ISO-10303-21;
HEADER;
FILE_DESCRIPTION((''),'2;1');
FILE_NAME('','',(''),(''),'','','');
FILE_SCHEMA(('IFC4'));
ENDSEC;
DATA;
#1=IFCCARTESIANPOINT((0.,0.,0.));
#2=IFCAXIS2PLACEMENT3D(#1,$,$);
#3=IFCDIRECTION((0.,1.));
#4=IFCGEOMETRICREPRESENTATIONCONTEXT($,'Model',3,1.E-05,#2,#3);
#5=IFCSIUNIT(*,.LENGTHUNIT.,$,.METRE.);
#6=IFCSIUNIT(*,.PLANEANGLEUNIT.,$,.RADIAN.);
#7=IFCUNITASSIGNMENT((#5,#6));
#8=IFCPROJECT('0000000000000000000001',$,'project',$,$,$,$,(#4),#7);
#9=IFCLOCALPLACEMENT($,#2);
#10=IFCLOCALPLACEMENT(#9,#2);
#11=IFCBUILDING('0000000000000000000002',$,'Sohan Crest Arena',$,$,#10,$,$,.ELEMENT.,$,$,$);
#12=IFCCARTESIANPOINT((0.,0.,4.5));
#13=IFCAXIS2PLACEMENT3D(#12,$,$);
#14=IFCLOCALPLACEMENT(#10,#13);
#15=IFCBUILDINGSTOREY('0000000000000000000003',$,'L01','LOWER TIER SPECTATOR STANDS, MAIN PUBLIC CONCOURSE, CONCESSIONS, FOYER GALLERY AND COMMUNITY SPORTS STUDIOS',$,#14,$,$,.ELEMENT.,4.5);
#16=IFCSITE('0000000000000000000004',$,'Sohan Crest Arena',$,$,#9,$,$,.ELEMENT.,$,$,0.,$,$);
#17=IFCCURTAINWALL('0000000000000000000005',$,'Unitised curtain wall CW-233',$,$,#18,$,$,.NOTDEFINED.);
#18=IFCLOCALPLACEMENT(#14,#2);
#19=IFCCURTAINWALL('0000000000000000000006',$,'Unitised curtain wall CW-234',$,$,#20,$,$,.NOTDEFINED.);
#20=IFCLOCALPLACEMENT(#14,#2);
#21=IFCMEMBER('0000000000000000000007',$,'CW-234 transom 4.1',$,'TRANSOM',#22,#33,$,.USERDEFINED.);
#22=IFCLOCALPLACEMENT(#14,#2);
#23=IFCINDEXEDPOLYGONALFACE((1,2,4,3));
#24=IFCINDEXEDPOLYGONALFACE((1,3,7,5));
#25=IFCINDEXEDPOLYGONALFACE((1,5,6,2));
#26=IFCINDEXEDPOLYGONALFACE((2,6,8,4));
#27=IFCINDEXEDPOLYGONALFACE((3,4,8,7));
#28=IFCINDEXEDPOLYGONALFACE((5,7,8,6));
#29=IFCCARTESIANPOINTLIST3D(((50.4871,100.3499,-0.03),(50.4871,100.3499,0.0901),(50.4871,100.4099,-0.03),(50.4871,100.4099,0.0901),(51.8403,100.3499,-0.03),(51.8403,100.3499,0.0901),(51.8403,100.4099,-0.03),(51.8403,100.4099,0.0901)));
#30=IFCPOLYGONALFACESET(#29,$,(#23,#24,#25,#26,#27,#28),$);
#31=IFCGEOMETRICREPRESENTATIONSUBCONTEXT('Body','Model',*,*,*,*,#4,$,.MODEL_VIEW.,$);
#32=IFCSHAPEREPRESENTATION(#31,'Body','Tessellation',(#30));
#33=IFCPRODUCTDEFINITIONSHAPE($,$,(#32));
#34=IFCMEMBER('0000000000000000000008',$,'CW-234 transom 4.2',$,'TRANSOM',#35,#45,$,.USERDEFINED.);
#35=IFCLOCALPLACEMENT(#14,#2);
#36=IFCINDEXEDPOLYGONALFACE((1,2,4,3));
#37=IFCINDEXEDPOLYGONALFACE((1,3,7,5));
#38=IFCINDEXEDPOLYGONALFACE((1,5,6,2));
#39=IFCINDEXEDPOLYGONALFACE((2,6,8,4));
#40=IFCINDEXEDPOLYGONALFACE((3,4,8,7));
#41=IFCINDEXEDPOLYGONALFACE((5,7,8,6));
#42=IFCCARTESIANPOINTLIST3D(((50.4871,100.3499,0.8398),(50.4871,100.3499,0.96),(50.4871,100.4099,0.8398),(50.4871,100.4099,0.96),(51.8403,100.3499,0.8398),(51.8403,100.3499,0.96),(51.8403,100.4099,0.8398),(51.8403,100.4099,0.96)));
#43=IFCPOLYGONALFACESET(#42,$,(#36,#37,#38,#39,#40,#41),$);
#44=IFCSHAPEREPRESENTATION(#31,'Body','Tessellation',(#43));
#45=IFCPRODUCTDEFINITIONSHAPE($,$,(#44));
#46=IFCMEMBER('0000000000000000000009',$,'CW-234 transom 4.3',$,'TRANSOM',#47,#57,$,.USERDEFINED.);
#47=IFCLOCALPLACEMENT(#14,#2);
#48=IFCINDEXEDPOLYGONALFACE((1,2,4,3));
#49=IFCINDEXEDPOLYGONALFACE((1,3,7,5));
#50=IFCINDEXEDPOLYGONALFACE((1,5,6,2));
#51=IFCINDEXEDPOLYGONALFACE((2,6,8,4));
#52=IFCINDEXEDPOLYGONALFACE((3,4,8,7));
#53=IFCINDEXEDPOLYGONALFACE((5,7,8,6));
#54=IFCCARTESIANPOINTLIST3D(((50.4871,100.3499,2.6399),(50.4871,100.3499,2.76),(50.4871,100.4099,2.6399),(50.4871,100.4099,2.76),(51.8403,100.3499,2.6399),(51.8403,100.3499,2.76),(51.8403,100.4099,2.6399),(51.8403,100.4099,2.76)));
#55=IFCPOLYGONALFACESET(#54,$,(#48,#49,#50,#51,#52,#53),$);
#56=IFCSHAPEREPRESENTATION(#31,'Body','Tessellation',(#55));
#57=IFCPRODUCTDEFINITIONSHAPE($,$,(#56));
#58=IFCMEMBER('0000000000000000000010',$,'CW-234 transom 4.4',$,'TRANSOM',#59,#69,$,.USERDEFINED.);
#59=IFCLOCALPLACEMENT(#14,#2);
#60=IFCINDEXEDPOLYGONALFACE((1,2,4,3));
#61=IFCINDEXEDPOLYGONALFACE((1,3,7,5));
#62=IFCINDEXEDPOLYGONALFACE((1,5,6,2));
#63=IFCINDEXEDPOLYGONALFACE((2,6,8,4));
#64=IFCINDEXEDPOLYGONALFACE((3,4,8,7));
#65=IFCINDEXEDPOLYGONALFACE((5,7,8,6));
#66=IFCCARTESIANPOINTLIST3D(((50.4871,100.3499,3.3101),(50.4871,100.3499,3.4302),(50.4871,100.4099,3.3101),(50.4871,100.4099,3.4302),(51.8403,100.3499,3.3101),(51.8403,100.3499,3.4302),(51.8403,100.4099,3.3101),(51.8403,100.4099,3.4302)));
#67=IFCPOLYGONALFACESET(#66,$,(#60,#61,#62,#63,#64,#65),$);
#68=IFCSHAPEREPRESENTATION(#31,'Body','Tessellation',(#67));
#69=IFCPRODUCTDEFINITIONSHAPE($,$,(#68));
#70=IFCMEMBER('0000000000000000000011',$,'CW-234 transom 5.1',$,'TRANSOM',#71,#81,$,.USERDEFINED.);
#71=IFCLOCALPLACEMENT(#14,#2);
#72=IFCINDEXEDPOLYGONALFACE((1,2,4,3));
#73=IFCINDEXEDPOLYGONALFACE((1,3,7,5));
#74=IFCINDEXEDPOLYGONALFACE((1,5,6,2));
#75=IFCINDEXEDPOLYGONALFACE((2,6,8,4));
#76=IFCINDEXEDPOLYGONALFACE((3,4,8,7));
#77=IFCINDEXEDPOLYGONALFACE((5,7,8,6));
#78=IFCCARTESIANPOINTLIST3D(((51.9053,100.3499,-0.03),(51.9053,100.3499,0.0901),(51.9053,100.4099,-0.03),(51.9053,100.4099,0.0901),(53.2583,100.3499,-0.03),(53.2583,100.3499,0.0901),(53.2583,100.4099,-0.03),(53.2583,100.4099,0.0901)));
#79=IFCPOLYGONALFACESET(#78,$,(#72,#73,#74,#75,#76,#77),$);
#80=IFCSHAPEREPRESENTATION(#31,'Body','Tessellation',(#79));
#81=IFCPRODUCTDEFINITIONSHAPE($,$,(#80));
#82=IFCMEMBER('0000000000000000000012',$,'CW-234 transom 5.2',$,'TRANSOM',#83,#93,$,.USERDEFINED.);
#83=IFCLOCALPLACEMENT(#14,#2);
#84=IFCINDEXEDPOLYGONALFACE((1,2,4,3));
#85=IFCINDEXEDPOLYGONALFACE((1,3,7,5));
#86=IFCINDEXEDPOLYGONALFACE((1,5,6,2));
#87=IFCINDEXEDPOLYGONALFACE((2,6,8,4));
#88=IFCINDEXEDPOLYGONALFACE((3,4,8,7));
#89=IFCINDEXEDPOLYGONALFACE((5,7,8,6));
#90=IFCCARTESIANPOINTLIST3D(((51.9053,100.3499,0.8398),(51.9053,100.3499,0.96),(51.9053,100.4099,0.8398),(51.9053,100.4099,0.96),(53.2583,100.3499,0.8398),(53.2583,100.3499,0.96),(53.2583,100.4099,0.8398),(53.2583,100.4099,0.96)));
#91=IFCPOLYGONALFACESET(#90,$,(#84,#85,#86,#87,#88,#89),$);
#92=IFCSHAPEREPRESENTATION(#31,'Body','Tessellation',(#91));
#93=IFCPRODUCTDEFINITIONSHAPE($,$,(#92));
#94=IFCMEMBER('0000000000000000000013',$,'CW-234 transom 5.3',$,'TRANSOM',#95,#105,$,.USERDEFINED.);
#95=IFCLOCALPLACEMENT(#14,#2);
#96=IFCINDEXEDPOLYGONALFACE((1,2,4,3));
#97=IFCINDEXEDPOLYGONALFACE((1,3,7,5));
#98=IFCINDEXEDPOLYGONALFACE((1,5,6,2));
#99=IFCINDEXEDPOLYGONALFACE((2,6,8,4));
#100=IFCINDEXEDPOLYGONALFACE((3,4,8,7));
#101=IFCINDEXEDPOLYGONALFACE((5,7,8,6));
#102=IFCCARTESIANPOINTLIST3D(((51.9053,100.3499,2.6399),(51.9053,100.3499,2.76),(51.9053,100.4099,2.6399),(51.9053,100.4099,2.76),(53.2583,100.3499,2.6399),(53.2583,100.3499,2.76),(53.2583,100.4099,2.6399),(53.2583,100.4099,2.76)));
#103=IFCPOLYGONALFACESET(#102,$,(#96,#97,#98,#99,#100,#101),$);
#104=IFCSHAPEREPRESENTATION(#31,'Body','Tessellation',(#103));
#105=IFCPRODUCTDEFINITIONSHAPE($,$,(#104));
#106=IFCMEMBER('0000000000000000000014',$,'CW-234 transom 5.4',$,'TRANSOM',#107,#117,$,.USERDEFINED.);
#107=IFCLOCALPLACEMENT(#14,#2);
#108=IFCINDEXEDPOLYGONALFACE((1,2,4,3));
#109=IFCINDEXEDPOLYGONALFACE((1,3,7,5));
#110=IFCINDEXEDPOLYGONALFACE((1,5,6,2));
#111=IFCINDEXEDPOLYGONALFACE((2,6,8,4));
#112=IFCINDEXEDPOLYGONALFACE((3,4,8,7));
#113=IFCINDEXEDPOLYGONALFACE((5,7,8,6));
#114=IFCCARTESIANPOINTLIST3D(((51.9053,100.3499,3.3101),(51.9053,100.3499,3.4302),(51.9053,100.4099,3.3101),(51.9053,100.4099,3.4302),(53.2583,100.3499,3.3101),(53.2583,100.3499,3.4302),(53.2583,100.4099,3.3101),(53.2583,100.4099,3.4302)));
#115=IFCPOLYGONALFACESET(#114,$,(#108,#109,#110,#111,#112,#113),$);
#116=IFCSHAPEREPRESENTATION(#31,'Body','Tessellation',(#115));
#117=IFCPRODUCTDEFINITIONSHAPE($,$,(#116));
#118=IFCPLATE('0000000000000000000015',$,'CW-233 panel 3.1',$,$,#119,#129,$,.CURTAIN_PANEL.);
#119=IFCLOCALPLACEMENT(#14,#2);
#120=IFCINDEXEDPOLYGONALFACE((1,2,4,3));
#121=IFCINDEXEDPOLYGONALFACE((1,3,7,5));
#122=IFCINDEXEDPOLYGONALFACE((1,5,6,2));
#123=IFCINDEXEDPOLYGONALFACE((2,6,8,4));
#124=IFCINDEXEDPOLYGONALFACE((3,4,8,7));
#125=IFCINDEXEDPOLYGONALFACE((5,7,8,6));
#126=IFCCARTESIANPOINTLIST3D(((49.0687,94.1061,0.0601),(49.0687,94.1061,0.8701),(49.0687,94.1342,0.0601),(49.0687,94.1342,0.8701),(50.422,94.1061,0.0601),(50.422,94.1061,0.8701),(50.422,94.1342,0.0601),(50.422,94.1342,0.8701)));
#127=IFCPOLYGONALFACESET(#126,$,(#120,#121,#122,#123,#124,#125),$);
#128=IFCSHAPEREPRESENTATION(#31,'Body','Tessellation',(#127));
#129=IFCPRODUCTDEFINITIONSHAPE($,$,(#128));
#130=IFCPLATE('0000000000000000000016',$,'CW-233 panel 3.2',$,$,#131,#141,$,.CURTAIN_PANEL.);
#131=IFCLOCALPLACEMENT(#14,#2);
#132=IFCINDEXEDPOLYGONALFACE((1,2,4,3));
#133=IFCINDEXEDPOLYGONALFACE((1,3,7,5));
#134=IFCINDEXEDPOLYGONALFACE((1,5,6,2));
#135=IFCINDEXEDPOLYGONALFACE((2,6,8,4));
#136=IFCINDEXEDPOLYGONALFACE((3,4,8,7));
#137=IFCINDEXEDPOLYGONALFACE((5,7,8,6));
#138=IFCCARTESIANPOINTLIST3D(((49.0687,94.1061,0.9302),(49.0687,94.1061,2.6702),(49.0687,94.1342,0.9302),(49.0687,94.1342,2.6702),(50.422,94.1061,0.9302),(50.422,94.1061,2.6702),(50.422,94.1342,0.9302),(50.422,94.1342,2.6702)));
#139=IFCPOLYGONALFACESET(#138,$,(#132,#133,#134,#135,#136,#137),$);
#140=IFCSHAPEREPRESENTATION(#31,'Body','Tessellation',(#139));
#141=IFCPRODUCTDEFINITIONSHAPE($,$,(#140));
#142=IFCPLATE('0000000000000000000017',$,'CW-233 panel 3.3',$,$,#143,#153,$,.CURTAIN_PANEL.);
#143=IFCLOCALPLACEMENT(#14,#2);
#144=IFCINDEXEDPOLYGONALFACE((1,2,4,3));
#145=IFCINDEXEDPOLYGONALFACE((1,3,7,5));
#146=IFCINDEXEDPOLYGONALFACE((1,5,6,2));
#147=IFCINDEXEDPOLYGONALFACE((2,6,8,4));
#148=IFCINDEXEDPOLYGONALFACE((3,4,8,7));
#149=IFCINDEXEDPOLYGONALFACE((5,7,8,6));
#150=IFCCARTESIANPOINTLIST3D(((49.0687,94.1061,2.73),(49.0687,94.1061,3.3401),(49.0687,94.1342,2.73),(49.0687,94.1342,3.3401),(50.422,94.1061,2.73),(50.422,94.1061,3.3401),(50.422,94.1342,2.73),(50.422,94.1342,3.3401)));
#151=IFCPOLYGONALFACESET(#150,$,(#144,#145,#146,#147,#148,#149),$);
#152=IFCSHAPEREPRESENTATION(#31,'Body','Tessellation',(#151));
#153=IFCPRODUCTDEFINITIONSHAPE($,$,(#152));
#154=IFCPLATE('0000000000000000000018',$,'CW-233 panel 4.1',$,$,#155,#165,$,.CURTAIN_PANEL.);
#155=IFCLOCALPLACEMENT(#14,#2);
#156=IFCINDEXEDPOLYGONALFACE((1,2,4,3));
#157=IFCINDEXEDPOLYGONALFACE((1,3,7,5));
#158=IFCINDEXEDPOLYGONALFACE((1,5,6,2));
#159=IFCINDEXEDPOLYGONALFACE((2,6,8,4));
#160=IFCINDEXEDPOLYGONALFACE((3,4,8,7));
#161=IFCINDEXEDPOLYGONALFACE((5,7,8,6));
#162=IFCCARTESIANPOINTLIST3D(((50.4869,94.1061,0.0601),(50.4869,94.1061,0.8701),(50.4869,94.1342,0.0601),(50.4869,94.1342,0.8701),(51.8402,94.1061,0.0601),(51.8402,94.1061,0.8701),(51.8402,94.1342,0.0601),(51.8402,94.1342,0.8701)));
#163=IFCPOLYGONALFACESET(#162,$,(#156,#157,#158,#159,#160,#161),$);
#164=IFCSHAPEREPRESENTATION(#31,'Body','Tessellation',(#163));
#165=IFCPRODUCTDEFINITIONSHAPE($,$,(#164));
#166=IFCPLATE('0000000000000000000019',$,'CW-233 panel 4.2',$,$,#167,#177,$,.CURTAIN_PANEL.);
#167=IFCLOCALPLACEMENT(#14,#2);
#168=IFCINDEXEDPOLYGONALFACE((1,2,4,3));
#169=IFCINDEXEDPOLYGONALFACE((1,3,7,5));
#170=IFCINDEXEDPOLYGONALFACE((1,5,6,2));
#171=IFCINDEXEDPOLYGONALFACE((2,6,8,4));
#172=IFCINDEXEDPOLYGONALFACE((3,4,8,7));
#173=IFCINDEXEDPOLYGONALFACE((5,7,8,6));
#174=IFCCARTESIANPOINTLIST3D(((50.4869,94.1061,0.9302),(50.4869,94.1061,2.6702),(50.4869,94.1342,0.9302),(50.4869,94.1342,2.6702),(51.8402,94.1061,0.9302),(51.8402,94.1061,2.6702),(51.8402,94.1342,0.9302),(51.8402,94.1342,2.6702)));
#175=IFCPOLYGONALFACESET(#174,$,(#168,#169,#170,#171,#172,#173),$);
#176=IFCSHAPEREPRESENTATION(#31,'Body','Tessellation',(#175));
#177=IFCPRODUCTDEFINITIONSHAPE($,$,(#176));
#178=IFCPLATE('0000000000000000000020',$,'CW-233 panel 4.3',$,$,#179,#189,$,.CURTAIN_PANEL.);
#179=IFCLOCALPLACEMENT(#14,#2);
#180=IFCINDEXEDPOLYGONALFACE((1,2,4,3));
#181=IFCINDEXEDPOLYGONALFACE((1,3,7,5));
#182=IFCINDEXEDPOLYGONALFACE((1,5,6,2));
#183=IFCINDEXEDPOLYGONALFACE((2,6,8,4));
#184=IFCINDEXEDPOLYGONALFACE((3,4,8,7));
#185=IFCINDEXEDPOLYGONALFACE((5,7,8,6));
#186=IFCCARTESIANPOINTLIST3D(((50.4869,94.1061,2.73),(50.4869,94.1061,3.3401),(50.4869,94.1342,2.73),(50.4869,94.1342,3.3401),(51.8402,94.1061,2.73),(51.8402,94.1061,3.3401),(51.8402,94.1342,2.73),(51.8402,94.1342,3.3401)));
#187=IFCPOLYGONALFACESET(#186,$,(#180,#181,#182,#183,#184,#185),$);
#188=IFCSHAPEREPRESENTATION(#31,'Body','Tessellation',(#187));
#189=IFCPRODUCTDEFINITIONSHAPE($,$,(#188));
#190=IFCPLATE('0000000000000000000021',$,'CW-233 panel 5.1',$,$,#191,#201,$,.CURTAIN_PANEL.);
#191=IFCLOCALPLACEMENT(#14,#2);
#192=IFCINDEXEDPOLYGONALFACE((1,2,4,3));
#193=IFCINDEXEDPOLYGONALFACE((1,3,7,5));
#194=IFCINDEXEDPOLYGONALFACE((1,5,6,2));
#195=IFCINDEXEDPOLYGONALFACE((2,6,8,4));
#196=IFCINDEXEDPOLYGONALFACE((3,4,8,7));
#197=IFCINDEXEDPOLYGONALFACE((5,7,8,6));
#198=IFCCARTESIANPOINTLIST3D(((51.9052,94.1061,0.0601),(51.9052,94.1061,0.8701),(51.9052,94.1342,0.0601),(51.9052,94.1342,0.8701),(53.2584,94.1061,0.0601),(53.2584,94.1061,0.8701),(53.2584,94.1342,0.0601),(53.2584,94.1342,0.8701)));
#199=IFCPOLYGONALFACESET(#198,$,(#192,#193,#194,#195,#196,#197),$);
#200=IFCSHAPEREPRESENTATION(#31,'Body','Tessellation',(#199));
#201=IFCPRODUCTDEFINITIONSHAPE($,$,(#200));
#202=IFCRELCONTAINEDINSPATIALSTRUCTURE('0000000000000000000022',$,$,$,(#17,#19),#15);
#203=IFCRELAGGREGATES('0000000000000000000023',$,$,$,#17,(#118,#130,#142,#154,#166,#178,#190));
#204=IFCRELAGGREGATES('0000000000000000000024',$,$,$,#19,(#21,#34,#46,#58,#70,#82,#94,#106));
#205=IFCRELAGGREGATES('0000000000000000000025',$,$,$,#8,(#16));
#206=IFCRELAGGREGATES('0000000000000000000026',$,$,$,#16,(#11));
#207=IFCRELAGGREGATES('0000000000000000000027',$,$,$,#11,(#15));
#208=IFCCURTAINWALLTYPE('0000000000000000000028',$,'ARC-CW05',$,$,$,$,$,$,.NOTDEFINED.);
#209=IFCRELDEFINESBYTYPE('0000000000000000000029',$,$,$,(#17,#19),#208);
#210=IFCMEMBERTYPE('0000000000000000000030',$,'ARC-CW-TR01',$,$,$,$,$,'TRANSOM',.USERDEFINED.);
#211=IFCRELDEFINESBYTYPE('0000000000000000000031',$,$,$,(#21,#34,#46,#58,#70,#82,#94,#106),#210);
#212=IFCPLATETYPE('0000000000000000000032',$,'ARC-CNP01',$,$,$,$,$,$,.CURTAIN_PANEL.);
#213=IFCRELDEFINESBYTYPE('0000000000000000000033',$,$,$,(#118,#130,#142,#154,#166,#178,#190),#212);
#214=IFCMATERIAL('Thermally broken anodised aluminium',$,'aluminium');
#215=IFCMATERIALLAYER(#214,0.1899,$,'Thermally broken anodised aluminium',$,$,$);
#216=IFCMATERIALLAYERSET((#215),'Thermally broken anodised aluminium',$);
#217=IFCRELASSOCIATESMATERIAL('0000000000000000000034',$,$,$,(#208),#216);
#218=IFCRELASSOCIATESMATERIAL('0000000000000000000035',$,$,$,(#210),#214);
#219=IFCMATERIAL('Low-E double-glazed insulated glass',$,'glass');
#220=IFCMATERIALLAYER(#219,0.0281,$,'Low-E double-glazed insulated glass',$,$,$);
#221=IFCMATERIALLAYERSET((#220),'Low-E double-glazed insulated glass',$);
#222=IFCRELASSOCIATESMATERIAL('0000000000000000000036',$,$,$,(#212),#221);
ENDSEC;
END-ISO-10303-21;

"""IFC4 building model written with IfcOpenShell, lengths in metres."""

from ifc_helpers import new_model, si_unit, direction, frame, origin, origin_2d, place, context, subcontext, project, spatial, rectangle, extrude, material, layer, layer_set, material_profile, profile_set, type_object, element, aggregate, save


model = new_model("IFC4")

# Units and contexts
model_context = context("Model", 3, precision=1e-05, world=origin(), true_north=direction((0.0, 1.0)))
body_context = subcontext(model_context, "Body", "Model", "MODEL_VIEW")
ifc_project = project(units=[si_unit("LENGTHUNIT", "METRE"), si_unit("PLANEANGLEUNIT", "RADIAN")], contexts=[model_context])

# Site, building, storey
site_placement = place(None, origin())
site = spatial("IfcSite", under=ifc_project, at=site_placement, Name="Sohan Crest Arena", CompositionType="ELEMENT", RefElevation=0.0)
building_placement = place(site_placement, origin())
building = spatial("IfcBuilding", under=site, at=building_placement, Name="Sohan Crest Arena", CompositionType="ELEMENT")
storey_placement = place(building_placement, frame((0.0, 0.0, 4.5)))
storey = spatial("IfcBuildingStorey", under=building, at=storey_placement, Name="L01", Description="LOWER TIER SPECTATOR STANDS, MAIN PUBLIC CONCOURSE, CONCESSIONS, FOYER GALLERY AND COMMUNITY SPORTS STUDIOS", CompositionType="ELEMENT", Elevation=4.5)

# Curtain walls
ifc_material_1 = material(Name="Thermally broken anodised aluminium", Category="aluminium")
ifc_layer_1 = layer(ifc_material_1, 0.1899, Name="Thermally broken anodised aluminium")
ifc_layer_set_1 = layer_set([ifc_layer_1], Name="Thermally broken anodised aluminium")
curtain_wall_type = type_object("IfcCurtainWallType", Name="ARC-CW05", PredefinedType="NOTDEFINED", material=ifc_layer_set_1)
curtain_wall_1_placement = place(storey_placement, origin())
curtain_wall_1 = element("IfcCurtainWall", 1, at=curtain_wall_1_placement, inside=storey, type_object=curtain_wall_type, Name="Unitised curtain wall CW-233", PredefinedType="NOTDEFINED")
curtain_wall_2_placement = place(storey_placement, origin())
curtain_wall_2 = element("IfcCurtainWall", 2, at=curtain_wall_2_placement, inside=storey, type_object=curtain_wall_type, Name="Unitised curtain wall CW-234", PredefinedType="NOTDEFINED")

# Members
ifc_material_profile_1 = material_profile(ifc_material_1, rectangle(XDim=0.0601, YDim=0.1201, at=origin_2d()), Name="ALU-TRAN 60x120")
ifc_profile_set_1 = profile_set([ifc_material_profile_1], Name="Thermally broken anodised aluminium")
member_type_1 = type_object("IfcMemberType", Name="ARC-CW-TR01", ElementType="TRANSOM", PredefinedType="USERDEFINED", material=ifc_profile_set_1)
member_1_placement = place(storey_placement, frame((50.4871, 100.3799, 0.03), z_axis=(1.0, 0.0, 0.0), x_axis=(0.0, 1.0, 0.0)))
member_1 = element("IfcMember", 3, at=member_1_placement, type_object=member_type_1, Name="CW-234 transom 4.1", ObjectType="TRANSOM", PredefinedType="USERDEFINED", context=body_context, shape_type="SweptSolid", body=[
    extrude(rectangle(XDim=0.0601, YDim=0.1201, at=origin_2d()), origin(), (0.0, 0.0, 1.0), 1.3533),
])
member_2_placement = place(storey_placement, frame((50.4871, 100.3799, 0.8999), z_axis=(1.0, 0.0, 0.0), x_axis=(0.0, 1.0, 0.0)))
member_2 = element("IfcMember", 4, at=member_2_placement, type_object=member_type_1, Name="CW-234 transom 4.2", ObjectType="TRANSOM", PredefinedType="USERDEFINED", context=body_context, shape_type="SweptSolid", body=[
    extrude(rectangle(XDim=0.0601, YDim=0.1201, at=origin_2d()), origin(), (0.0, 0.0, 1.0), 1.3533),
])
member_3_placement = place(storey_placement, frame((50.4871, 100.3799, 2.7), z_axis=(1.0, 0.0, 0.0), x_axis=(0.0, 1.0, 0.0)))
member_3 = element("IfcMember", 5, at=member_3_placement, type_object=member_type_1, Name="CW-234 transom 4.3", ObjectType="TRANSOM", PredefinedType="USERDEFINED", context=body_context, shape_type="SweptSolid", body=[
    extrude(rectangle(XDim=0.0601, YDim=0.1201, at=origin_2d()), origin(), (0.0, 0.0, 1.0), 1.3533),
])
member_4_placement = place(storey_placement, frame((50.4871, 100.3799, 3.3701), z_axis=(1.0, 0.0, 0.0), x_axis=(0.0, 1.0, 0.0)))
member_4 = element("IfcMember", 6, at=member_4_placement, type_object=member_type_1, Name="CW-234 transom 4.4", ObjectType="TRANSOM", PredefinedType="USERDEFINED", context=body_context, shape_type="SweptSolid", body=[
    extrude(rectangle(XDim=0.0601, YDim=0.1201, at=origin_2d()), origin(), (0.0, 0.0, 1.0), 1.3533),
])
member_5_placement = place(storey_placement, frame((51.9053, 100.3799, 0.03), z_axis=(1.0, 0.0, 0.0), x_axis=(0.0, 1.0, 0.0)))
member_5 = element("IfcMember", 7, at=member_5_placement, type_object=member_type_1, Name="CW-234 transom 5.1", ObjectType="TRANSOM", PredefinedType="USERDEFINED", context=body_context, shape_type="SweptSolid", body=[
    extrude(rectangle(XDim=0.0601, YDim=0.1201, at=origin_2d()), origin(), (0.0, 0.0, 1.0), 1.353),
])
member_6_placement = place(storey_placement, frame((51.9053, 100.3799, 0.8999), z_axis=(1.0, 0.0, 0.0), x_axis=(0.0, 1.0, 0.0)))
member_6 = element("IfcMember", 8, at=member_6_placement, type_object=member_type_1, Name="CW-234 transom 5.2", ObjectType="TRANSOM", PredefinedType="USERDEFINED", context=body_context, shape_type="SweptSolid", body=[
    extrude(rectangle(XDim=0.0601, YDim=0.1201, at=origin_2d()), origin(), (0.0, 0.0, 1.0), 1.353),
])
member_7_placement = place(storey_placement, frame((51.9053, 100.3799, 2.7), z_axis=(1.0, 0.0, 0.0), x_axis=(0.0, 1.0, 0.0)))
member_7 = element("IfcMember", 9, at=member_7_placement, type_object=member_type_1, Name="CW-234 transom 5.3", ObjectType="TRANSOM", PredefinedType="USERDEFINED", context=body_context, shape_type="SweptSolid", body=[
    extrude(rectangle(XDim=0.0601, YDim=0.1201, at=origin_2d()), origin(), (0.0, 0.0, 1.0), 1.353),
])
member_8_placement = place(storey_placement, frame((51.9053, 100.3799, 3.3701), z_axis=(1.0, 0.0, 0.0), x_axis=(0.0, 1.0, 0.0)))
member_8 = element("IfcMember", 10, at=member_8_placement, type_object=member_type_1, Name="CW-234 transom 5.4", ObjectType="TRANSOM", PredefinedType="USERDEFINED", context=body_context, shape_type="SweptSolid", body=[
    extrude(rectangle(XDim=0.0601, YDim=0.1201, at=origin_2d()), origin(), (0.0, 0.0, 1.0), 1.353),
])

# Plates
ifc_material_2 = material(Name="Low-E double-glazed insulated glass", Category="glass")
ifc_layer_2 = layer(ifc_material_2, 0.0281, Name="Low-E double-glazed insulated glass")
ifc_layer_set_2 = layer_set([ifc_layer_2], Name="Low-E double-glazed insulated glass")
plate_type = type_object("IfcPlateType", Name="ARC-CNP01", PredefinedType="CURTAIN_PANEL", material=ifc_layer_set_2)
plate_1_placement = place(storey_placement, frame((49.7454, 94.1201, 0.0601), z_axis=(0.0, 0.0, 1.0), x_axis=(1.0, 0.0, 0.0)))
plate_1 = element("IfcPlate", 11, at=plate_1_placement, type_object=plate_type, Name="CW-233 panel 3.1", PredefinedType="CURTAIN_PANEL", context=body_context, shape_type="SweptSolid", body=[
    extrude(rectangle(XDim=1.3533, YDim=0.0281, at=origin_2d()), origin(), (0.0, 0.0, 1.0), 0.8101),
])
plate_2_placement = place(storey_placement, frame((49.7454, 94.1201, 0.9302), z_axis=(0.0, 0.0, 1.0), x_axis=(1.0, 0.0, 0.0)))
plate_2 = element("IfcPlate", 12, at=plate_2_placement, type_object=plate_type, Name="CW-233 panel 3.2", PredefinedType="CURTAIN_PANEL", context=body_context, shape_type="SweptSolid", body=[
    extrude(rectangle(XDim=1.3533, YDim=0.0281, at=origin_2d()), origin(), (0.0, 0.0, 1.0), 1.74),
])
plate_3_placement = place(storey_placement, frame((49.7454, 94.1201, 2.73), z_axis=(0.0, 0.0, 1.0), x_axis=(1.0, 0.0, 0.0)))
plate_3 = element("IfcPlate", 13, at=plate_3_placement, type_object=plate_type, Name="CW-233 panel 3.3", PredefinedType="CURTAIN_PANEL", context=body_context, shape_type="SweptSolid", body=[
    extrude(rectangle(XDim=1.3533, YDim=0.0281, at=origin_2d()), origin(), (0.0, 0.0, 1.0), 0.6101),
])
plate_4_placement = place(storey_placement, frame((51.1636, 94.1201, 0.0601), z_axis=(0.0, 0.0, 1.0), x_axis=(1.0, 0.0, 0.0)))
plate_4 = element("IfcPlate", 14, at=plate_4_placement, type_object=plate_type, Name="CW-233 panel 4.1", PredefinedType="CURTAIN_PANEL", context=body_context, shape_type="SweptSolid", body=[
    extrude(rectangle(XDim=1.3533, YDim=0.0281, at=origin_2d()), origin(), (0.0, 0.0, 1.0), 0.8101),
])
plate_5_placement = place(storey_placement, frame((51.1636, 94.1201, 0.9302), z_axis=(0.0, 0.0, 1.0), x_axis=(1.0, 0.0, 0.0)))
plate_5 = element("IfcPlate", 15, at=plate_5_placement, type_object=plate_type, Name="CW-233 panel 4.2", PredefinedType="CURTAIN_PANEL", context=body_context, shape_type="SweptSolid", body=[
    extrude(rectangle(XDim=1.3533, YDim=0.0281, at=origin_2d()), origin(), (0.0, 0.0, 1.0), 1.74),
])
plate_6_placement = place(storey_placement, frame((51.1636, 94.1201, 2.73), z_axis=(0.0, 0.0, 1.0), x_axis=(1.0, 0.0, 0.0)))
plate_6 = element("IfcPlate", 16, at=plate_6_placement, type_object=plate_type, Name="CW-233 panel 4.3", PredefinedType="CURTAIN_PANEL", context=body_context, shape_type="SweptSolid", body=[
    extrude(rectangle(XDim=1.3533, YDim=0.0281, at=origin_2d()), origin(), (0.0, 0.0, 1.0), 0.6101),
])
plate_7_placement = place(storey_placement, frame((52.5818, 94.1201, 0.0601), z_axis=(0.0, 0.0, 1.0), x_axis=(1.0, 0.0, 0.0)))
plate_7 = element("IfcPlate", 17, at=plate_7_placement, type_object=plate_type, Name="CW-233 panel 5.1", PredefinedType="CURTAIN_PANEL", context=body_context, shape_type="SweptSolid", body=[
    extrude(rectangle(XDim=1.3533, YDim=0.0281, at=origin_2d()), origin(), (0.0, 0.0, 1.0), 0.8101),
])
aggregate(curtain_wall_1, [plate_1, plate_2, plate_3, plate_4, plate_5, plate_6, plate_7])
aggregate(curtain_wall_2, [member_1, member_2, member_3, member_4, member_5, member_6, member_7, member_8])

save(model, "model.ifc")
